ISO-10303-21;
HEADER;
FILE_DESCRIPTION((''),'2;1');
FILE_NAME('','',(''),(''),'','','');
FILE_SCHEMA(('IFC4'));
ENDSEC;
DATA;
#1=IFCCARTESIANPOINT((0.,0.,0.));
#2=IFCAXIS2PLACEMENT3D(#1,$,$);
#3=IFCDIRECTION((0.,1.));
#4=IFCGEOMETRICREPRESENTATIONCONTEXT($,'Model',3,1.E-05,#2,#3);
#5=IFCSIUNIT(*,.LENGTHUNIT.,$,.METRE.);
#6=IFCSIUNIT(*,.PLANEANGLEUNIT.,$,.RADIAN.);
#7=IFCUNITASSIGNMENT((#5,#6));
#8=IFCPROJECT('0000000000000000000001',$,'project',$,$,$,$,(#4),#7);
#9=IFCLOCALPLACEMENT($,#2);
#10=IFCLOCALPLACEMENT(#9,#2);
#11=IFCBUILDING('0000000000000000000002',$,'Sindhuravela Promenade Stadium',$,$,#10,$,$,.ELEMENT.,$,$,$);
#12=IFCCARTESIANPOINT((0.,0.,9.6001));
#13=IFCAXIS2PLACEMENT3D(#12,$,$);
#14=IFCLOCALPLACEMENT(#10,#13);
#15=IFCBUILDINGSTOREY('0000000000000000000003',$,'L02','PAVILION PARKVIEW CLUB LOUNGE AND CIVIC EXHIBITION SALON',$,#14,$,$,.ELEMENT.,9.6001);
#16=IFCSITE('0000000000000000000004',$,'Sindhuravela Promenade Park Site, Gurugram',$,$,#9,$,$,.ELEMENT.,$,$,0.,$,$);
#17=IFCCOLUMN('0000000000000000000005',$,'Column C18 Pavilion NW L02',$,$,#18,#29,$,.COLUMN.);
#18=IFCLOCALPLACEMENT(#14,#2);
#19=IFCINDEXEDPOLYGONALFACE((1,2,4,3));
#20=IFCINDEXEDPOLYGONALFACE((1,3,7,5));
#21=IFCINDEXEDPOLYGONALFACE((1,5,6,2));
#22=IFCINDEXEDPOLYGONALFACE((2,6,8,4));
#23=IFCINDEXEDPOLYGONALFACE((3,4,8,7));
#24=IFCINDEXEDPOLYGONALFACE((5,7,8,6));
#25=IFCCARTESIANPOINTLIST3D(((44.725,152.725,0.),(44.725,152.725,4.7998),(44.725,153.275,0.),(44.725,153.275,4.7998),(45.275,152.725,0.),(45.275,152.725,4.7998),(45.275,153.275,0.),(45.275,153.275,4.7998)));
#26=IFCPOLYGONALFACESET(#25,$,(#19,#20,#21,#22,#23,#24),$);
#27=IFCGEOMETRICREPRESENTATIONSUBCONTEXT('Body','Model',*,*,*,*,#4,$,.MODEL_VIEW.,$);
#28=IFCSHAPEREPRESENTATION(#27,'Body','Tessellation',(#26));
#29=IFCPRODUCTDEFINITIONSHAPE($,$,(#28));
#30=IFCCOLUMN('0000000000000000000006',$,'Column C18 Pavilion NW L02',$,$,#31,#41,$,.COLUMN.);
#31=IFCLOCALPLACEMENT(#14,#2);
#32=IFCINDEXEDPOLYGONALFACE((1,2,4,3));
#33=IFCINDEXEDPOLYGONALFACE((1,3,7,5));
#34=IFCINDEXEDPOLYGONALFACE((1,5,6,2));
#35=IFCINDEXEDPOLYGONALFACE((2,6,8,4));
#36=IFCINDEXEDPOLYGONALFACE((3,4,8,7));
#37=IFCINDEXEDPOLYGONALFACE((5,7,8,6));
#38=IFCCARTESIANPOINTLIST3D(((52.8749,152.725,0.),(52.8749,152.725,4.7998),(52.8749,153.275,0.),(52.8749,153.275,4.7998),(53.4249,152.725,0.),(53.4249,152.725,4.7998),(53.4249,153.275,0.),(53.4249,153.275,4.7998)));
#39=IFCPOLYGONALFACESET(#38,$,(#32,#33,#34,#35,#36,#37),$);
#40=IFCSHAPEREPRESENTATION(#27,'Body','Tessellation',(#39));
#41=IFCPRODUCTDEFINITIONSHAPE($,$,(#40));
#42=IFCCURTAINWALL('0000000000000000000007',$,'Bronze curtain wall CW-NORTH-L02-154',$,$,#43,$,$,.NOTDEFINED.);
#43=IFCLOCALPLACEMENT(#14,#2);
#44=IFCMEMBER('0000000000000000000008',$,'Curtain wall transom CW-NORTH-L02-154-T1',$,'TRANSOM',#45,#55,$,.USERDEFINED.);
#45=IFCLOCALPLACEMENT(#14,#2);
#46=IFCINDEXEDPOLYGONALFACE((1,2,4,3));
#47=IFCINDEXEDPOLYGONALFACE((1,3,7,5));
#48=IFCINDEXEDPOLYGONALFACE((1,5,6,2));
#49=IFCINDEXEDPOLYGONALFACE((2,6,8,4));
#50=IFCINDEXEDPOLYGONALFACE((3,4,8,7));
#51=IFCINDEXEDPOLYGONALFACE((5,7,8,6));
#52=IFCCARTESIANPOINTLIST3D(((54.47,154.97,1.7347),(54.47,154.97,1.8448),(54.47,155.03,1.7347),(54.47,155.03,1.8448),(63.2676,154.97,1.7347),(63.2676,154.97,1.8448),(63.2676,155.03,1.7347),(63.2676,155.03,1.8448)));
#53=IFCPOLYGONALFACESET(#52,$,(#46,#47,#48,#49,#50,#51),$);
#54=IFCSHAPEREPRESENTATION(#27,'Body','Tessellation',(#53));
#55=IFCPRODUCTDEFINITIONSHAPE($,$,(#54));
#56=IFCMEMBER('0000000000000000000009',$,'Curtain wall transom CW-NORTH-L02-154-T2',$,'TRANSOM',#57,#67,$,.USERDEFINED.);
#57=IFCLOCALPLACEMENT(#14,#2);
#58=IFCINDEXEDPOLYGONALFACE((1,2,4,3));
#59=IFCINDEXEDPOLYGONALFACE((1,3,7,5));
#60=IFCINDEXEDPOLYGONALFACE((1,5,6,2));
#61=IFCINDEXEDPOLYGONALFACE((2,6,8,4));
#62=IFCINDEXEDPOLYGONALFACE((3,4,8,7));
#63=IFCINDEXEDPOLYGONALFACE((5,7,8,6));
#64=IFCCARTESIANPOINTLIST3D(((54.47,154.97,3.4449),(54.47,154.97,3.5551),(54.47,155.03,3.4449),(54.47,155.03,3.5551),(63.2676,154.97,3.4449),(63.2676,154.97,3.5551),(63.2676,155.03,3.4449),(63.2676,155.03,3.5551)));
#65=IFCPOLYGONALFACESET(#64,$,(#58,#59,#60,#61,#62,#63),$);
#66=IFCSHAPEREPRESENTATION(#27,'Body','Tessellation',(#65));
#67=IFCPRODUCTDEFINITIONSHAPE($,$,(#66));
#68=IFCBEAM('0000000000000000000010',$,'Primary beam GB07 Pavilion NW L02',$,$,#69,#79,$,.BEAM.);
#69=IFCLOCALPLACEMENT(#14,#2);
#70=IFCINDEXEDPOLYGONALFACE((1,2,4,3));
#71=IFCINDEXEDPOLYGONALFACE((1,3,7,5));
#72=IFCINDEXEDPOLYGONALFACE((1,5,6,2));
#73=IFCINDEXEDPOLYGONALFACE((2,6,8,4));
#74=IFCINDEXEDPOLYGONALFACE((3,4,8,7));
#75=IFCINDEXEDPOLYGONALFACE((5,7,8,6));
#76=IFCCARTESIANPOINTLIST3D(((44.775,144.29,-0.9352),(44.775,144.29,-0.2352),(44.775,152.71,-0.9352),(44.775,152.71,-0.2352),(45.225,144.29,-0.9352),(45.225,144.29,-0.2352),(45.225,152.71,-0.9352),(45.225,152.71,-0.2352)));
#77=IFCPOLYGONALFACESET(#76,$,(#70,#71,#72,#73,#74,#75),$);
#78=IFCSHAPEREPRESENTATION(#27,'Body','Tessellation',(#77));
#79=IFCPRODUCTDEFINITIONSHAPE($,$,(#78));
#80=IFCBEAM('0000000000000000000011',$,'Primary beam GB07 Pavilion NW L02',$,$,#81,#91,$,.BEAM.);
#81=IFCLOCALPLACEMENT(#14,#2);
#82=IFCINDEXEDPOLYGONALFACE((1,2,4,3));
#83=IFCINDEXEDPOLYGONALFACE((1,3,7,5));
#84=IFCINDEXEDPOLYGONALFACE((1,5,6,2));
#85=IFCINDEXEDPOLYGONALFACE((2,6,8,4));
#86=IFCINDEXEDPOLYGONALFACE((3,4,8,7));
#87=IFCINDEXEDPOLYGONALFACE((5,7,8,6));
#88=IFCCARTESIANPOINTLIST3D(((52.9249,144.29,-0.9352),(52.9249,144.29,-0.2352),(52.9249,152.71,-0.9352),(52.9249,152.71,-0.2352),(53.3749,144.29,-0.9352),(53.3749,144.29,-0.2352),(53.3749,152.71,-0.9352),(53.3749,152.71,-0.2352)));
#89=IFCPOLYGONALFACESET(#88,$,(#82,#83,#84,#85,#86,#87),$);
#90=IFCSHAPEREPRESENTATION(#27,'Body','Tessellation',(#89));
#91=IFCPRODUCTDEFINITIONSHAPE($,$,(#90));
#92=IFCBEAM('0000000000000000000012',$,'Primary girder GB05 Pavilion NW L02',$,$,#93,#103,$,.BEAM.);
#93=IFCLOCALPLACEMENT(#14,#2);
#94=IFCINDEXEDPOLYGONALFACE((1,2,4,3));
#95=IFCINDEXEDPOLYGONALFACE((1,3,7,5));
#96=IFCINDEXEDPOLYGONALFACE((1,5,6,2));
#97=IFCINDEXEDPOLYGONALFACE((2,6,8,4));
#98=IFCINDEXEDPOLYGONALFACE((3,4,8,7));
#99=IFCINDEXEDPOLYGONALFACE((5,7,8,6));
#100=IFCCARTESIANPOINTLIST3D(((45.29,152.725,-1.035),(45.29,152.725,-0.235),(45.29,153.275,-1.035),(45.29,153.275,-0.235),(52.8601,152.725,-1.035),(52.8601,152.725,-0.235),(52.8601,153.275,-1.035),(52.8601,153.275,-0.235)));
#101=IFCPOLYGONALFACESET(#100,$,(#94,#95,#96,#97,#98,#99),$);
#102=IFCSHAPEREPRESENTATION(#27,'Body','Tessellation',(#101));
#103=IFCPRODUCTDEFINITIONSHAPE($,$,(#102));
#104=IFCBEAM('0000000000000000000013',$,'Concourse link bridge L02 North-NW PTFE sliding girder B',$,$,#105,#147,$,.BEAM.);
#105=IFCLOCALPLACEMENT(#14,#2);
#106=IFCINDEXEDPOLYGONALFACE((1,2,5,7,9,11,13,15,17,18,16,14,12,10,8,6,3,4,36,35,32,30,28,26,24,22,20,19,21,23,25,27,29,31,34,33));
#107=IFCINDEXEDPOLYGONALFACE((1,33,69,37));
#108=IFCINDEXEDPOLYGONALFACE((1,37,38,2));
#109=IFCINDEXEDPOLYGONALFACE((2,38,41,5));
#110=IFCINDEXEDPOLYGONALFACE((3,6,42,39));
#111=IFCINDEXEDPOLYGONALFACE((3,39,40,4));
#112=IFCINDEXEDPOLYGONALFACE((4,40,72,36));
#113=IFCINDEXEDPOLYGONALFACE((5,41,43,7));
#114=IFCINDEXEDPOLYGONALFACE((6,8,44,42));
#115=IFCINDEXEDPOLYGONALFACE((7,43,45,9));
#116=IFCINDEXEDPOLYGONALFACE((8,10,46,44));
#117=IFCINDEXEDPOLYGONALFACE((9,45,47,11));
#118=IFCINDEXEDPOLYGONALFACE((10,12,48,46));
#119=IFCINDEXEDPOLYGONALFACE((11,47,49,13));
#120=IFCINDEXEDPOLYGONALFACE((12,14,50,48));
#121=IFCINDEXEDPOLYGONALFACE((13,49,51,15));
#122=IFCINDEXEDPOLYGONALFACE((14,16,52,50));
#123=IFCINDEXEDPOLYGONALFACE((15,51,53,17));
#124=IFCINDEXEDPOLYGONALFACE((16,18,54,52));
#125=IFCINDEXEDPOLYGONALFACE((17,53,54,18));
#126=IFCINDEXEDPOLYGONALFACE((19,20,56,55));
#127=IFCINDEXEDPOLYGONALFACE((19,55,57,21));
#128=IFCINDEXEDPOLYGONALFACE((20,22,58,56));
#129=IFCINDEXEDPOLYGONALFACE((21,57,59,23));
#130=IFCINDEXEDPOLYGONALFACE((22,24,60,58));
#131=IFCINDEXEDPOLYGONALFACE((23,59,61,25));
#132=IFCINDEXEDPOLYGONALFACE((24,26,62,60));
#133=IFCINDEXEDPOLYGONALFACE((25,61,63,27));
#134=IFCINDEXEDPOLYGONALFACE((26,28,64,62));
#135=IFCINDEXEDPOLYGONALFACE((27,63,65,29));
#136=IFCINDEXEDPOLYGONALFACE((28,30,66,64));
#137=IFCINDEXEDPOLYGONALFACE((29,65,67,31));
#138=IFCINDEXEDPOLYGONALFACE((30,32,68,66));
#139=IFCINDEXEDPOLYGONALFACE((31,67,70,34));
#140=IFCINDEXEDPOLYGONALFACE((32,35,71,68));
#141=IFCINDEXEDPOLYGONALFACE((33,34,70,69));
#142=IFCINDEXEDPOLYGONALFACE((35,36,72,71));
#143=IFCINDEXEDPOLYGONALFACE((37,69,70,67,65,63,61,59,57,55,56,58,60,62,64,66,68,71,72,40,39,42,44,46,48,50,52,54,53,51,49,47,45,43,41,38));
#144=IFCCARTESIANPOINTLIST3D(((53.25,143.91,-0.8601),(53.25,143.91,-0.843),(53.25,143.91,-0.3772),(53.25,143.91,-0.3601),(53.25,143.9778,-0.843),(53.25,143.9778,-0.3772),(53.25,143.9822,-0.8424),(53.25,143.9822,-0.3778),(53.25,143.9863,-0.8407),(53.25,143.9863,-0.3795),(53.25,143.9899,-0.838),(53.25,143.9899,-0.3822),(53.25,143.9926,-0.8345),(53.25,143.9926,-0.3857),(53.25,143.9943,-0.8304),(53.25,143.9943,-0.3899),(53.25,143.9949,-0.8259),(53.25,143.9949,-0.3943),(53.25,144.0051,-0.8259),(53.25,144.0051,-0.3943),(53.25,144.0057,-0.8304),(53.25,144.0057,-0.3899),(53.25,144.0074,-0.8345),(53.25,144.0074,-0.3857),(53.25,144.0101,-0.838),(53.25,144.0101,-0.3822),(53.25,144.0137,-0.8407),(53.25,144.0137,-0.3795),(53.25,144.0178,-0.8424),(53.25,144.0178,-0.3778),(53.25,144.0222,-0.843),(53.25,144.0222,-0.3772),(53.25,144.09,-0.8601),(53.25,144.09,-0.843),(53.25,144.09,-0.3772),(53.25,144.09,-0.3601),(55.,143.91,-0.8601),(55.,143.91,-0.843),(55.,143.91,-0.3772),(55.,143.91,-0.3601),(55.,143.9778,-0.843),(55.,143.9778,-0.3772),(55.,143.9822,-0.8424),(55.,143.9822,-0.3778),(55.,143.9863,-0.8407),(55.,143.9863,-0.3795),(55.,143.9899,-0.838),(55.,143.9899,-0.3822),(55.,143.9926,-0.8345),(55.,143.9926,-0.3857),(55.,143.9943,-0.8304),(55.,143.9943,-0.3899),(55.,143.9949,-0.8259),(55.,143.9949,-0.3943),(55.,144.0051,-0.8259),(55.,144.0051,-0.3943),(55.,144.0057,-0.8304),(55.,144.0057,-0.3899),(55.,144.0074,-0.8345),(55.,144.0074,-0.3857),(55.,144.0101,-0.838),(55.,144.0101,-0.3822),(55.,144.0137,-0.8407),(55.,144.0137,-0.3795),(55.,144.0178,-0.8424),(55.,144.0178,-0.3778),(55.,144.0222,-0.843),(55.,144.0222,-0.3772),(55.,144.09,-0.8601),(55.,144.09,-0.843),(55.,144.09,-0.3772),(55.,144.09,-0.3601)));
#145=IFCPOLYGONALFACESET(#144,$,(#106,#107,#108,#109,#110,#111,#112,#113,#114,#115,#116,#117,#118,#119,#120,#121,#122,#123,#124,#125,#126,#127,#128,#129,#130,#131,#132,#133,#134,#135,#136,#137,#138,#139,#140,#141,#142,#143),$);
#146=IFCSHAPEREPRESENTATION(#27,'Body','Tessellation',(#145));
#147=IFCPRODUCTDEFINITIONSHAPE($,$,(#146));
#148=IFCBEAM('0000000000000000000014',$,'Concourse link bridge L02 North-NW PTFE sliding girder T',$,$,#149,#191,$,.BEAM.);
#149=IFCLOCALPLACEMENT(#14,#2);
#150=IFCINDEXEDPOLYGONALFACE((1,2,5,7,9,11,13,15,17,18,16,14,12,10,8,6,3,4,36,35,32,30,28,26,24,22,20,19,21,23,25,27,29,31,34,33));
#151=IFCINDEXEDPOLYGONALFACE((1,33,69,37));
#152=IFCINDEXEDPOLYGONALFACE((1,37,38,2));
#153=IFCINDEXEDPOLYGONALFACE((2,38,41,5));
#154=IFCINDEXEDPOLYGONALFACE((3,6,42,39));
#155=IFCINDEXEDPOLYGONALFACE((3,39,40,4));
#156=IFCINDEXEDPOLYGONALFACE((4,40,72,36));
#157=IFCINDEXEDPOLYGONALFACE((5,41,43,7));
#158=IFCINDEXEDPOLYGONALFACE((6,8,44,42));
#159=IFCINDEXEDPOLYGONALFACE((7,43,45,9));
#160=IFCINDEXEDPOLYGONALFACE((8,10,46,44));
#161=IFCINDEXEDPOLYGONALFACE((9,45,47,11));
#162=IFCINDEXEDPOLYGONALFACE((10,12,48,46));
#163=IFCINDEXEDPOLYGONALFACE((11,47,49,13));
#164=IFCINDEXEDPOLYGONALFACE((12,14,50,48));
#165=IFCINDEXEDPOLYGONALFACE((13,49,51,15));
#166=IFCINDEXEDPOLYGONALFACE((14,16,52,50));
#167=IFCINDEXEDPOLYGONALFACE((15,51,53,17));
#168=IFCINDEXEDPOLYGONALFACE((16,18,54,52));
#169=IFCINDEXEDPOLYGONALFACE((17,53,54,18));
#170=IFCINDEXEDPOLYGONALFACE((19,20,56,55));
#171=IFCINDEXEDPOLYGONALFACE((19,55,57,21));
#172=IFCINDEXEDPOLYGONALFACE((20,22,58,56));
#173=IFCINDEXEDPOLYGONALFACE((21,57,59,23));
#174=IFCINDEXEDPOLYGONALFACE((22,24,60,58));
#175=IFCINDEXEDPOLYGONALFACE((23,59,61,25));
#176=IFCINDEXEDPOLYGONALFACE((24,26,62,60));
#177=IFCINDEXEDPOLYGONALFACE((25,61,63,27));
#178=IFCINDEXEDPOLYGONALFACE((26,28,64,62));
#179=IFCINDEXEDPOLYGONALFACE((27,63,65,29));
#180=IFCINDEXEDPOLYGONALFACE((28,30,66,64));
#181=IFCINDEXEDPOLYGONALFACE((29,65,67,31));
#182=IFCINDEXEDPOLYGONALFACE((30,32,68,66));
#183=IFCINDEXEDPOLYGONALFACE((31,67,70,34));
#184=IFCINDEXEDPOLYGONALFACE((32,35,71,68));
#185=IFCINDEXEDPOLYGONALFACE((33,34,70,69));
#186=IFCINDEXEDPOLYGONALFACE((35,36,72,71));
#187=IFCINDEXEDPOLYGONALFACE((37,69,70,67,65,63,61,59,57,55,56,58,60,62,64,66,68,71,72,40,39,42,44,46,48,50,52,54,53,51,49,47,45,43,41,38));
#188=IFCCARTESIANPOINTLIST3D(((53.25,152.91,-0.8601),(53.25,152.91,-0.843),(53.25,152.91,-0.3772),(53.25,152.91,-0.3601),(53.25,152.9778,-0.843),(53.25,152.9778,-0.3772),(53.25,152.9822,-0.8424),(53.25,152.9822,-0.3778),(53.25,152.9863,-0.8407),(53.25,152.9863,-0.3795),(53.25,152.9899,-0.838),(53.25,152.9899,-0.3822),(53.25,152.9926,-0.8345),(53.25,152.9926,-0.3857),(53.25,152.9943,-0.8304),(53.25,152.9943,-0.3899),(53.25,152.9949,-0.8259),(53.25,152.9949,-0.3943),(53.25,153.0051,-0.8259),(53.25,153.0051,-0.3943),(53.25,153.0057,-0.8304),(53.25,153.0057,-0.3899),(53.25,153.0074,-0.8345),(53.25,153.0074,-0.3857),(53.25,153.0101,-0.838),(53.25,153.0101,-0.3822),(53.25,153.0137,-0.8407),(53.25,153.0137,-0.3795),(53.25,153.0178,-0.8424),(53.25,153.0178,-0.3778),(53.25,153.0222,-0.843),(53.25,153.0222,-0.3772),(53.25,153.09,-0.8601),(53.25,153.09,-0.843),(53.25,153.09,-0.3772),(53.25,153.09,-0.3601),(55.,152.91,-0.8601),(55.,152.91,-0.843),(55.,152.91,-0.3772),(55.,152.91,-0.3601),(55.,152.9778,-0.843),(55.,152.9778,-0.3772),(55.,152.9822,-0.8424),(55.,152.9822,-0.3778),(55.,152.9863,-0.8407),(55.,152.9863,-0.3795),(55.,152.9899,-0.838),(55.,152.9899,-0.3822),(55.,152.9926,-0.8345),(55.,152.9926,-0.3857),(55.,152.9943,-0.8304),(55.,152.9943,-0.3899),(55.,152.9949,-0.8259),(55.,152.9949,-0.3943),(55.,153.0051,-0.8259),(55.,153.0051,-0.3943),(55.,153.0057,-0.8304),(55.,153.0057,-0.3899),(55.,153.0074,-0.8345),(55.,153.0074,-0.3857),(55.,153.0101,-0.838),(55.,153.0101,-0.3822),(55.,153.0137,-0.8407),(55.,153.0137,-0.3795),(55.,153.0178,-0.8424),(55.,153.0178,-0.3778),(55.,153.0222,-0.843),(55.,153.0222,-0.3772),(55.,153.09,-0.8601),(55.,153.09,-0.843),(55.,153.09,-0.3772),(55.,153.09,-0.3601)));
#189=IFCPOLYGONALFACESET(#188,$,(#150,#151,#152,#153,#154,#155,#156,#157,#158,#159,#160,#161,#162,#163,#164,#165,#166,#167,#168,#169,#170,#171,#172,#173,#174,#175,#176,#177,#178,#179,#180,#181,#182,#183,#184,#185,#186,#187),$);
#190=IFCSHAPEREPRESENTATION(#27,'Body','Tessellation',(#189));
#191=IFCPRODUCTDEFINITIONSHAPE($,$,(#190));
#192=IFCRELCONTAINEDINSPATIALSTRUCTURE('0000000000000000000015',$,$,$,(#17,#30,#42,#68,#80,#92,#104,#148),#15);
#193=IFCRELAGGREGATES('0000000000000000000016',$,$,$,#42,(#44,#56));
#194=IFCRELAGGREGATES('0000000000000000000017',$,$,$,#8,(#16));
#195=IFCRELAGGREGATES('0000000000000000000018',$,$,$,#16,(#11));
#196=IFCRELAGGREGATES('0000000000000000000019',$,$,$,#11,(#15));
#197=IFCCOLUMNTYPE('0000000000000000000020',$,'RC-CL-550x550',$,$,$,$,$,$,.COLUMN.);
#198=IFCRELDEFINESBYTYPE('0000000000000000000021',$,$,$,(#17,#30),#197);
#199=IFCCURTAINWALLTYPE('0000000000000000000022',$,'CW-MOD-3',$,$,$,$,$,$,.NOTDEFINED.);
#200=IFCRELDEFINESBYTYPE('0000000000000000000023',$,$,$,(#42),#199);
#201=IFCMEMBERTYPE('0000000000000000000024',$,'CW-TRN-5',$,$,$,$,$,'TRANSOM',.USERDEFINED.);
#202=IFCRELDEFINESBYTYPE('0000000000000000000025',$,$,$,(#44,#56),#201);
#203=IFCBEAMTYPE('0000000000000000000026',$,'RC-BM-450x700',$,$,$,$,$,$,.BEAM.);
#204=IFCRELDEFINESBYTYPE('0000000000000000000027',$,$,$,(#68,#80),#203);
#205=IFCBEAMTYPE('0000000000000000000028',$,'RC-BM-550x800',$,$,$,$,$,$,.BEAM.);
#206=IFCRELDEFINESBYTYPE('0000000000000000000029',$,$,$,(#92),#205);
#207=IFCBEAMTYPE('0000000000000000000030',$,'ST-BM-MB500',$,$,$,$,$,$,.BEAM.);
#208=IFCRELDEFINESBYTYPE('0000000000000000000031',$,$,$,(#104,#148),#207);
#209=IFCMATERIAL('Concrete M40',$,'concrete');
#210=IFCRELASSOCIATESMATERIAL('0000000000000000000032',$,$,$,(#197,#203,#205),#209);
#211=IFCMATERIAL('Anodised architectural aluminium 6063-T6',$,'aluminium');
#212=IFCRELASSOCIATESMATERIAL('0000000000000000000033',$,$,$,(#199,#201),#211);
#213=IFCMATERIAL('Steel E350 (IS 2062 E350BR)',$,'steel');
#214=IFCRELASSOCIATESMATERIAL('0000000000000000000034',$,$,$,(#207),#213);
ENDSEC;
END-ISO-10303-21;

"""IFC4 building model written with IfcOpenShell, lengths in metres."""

from ifc_helpers import new_model, si_unit, direction, frame, origin, origin_2d, place, context, subcontext, project, spatial, rectangle, i_section, extrude, material, material_profile, profile_set, type_object, element, aggregate, save


model = new_model("IFC4")

# Units and contexts
model_context = context("Model", 3, precision=1e-05, world=origin(), true_north=direction((0.0, 1.0)))
body_context = subcontext(model_context, "Body", "Model", "MODEL_VIEW")
ifc_project = project(units=[si_unit("LENGTHUNIT", "METRE"), si_unit("PLANEANGLEUNIT", "RADIAN")], contexts=[model_context])

# Site, building, storey
site_placement = place(None, origin())
site = spatial("IfcSite", under=ifc_project, at=site_placement, Name="Sindhuravela Promenade Park Site, Gurugram", CompositionType="ELEMENT", RefElevation=0.0)
building_placement = place(site_placement, origin())
building = spatial("IfcBuilding", under=site, at=building_placement, Name="Sindhuravela Promenade Stadium", CompositionType="ELEMENT")
storey_placement = place(building_placement, frame((0.0, 0.0, 9.6001)))
storey = spatial("IfcBuildingStorey", under=building, at=storey_placement, Name="L02", Description="PAVILION PARKVIEW CLUB LOUNGE AND CIVIC EXHIBITION SALON", CompositionType="ELEMENT", Elevation=9.6001)

# Columns
ifc_material_1 = material(Name="Concrete M40", Category="concrete")
ifc_material_profile_1 = material_profile(ifc_material_1, rectangle(XDim=0.55, YDim=0.55, at=origin_2d()), Name="RC 550x550")
ifc_profile_set_1 = profile_set([ifc_material_profile_1], Name="Concrete M40")
column_type = type_object("IfcColumnType", Name="RC-CL-550x550", PredefinedType="COLUMN", material=ifc_profile_set_1)
for number, where, z_axis, x_axis, name in (
    (1, (45.0, 153.0, 0.0), (0.0, 0.0, 1.0), (1.0, 0.0, 0.0), "Column C18 Pavilion NW L02"),
    (2, (53.1499, 153.0, 0.0), (0.0, 0.0, 1.0), (1.0, 0.0, 0.0), "Column C18 Pavilion NW L02"),
):
    element("IfcColumn", number, at=place(storey_placement, frame(where, z_axis=z_axis, x_axis=x_axis)), inside=storey, type_object=column_type, Name=name, PredefinedType="COLUMN", context=body_context, shape_type="SweptSolid", body=[
        extrude(rectangle(XDim=0.55, YDim=0.55, at=origin_2d()), origin(), (0.0, 0.0, 1.0), 4.7998),
    ])

# Curtain wall, members
ifc_material_2 = material(Name="Anodised architectural aluminium 6063-T6", Category="aluminium")
curtain_wall_type = type_object("IfcCurtainWallType", Name="CW-MOD-3", PredefinedType="NOTDEFINED", material=ifc_material_2)
curtain_wall_placement = place(storey_placement, origin())
curtain_wall = element("IfcCurtainWall", 3, at=curtain_wall_placement, inside=storey, type_object=curtain_wall_type, Name="Bronze curtain wall CW-NORTH-L02-154", PredefinedType="NOTDEFINED")
ifc_material_profile_2 = material_profile(ifc_material_2, rectangle(XDim=0.0601, YDim=0.1101, at=origin_2d()), Name="ALU T60x110")
ifc_profile_set_2 = profile_set([ifc_material_profile_2], Name="Anodised architectural aluminium 6063-T6")
member_type = type_object("IfcMemberType", Name="CW-TRN-5", ElementType="TRANSOM", PredefinedType="USERDEFINED", material=ifc_profile_set_2)
member_1_placement = place(storey_placement, frame((54.47, 155.0, 1.7898), z_axis=(1.0, 0.0, 0.0), x_axis=(0.0, 1.0, 0.0)))
member_1 = element("IfcMember", 4, at=member_1_placement, type_object=member_type, Name="Curtain wall transom CW-NORTH-L02-154-T1", ObjectType="TRANSOM", PredefinedType="USERDEFINED", context=body_context, shape_type="SweptSolid", body=[
    extrude(rectangle(XDim=0.0601, YDim=0.1101, at=origin_2d()), origin(), (0.0, 0.0, 1.0), 8.7976),
])
member_2_placement = place(storey_placement, frame((54.47, 155.0, 3.5), z_axis=(1.0, 0.0, 0.0), x_axis=(0.0, 1.0, 0.0)))
member_2 = element("IfcMember", 5, at=member_2_placement, type_object=member_type, Name="Curtain wall transom CW-NORTH-L02-154-T2", ObjectType="TRANSOM", PredefinedType="USERDEFINED", context=body_context, shape_type="SweptSolid", body=[
    extrude(rectangle(XDim=0.0601, YDim=0.1101, at=origin_2d()), origin(), (0.0, 0.0, 1.0), 8.7976),
])
aggregate(curtain_wall, [member_1, member_2])

# Beams
ifc_material_profile_3 = material_profile(ifc_material_1, rectangle(XDim=0.45, YDim=0.7, at=origin_2d()), Name="RC 450x700")
ifc_profile_set_3 = profile_set([ifc_material_profile_3], Name="Concrete M40")
beam_type_1 = type_object("IfcBeamType", Name="RC-BM-450x700", PredefinedType="BEAM", material=ifc_profile_set_3)
for number, where, z_axis, x_axis, name in (
    (6, (45.0, 144.29, -0.5852), (0.0, 1.0, 0.0), (-1.0, 0.0, 0.0), "Primary beam GB07 Pavilion NW L02"),
    (7, (53.1499, 144.29, -0.5852), (0.0, 1.0, 0.0), (-1.0, 0.0, 0.0), "Primary beam GB07 Pavilion NW L02"),
):
    element("IfcBeam", number, at=place(storey_placement, frame(where, z_axis=z_axis, x_axis=x_axis)), inside=storey, type_object=beam_type_1, Name=name, PredefinedType="BEAM", context=body_context, shape_type="SweptSolid", body=[
        extrude(rectangle(XDim=0.45, YDim=0.7, at=origin_2d()), origin(), (0.0, 0.0, 1.0), 8.4199),
    ])
ifc_material_profile_4 = material_profile(ifc_material_1, rectangle(XDim=0.55, YDim=0.8, at=origin_2d()), Name="RC 550x800")
ifc_profile_set_4 = profile_set([ifc_material_profile_4], Name="Concrete M40")
beam_type_2 = type_object("IfcBeamType", Name="RC-BM-550x800", PredefinedType="BEAM", material=ifc_profile_set_4)
beam_1_placement = place(storey_placement, frame((45.29, 153.0, -0.635), z_axis=(1.0, 0.0, 0.0), x_axis=(0.0, 1.0, 0.0)))
element("IfcBeam", 8, at=beam_1_placement, inside=storey, type_object=beam_type_2, Name="Primary girder GB05 Pavilion NW L02", PredefinedType="BEAM", context=body_context, shape_type="SweptSolid", body=[
    extrude(rectangle(XDim=0.55, YDim=0.8, at=origin_2d()), origin(), (0.0, 0.0, 1.0), 7.5701),
])
ifc_material_3 = material(Name="Steel E350 (IS 2062 E350BR)", Category="steel")
ifc_material_profile_5 = material_profile(ifc_material_3, i_section(OverallWidth=0.1799, OverallDepth=0.5, WebThickness=0.0103, FlangeThickness=0.0171, FilletRadius=0.0171, at=origin_2d()), Name="ISMB 500")
ifc_profile_set_5 = profile_set([ifc_material_profile_5], Name="Steel E350 (IS 2062 E350BR)")
beam_type_3 = type_object("IfcBeamType", Name="ST-BM-MB500", PredefinedType="BEAM", material=ifc_profile_set_5)
for number, where, z_axis, x_axis, name in (
    (9, (53.25, 144.0, -0.6101), (1.0, 0.0, 0.0), (0.0, 1.0, 0.0), "Concourse link bridge L02 North-NW PTFE sliding girder B"),
    (10, (53.25, 153.0, -0.6101), (1.0, 0.0, 0.0), (0.0, 1.0, 0.0), "Concourse link bridge L02 North-NW PTFE sliding girder T"),
):
    element("IfcBeam", number, at=place(storey_placement, frame(where, z_axis=z_axis, x_axis=x_axis)), inside=storey, type_object=beam_type_3, Name=name, PredefinedType="BEAM", context=body_context, shape_type="SweptSolid", body=[
        extrude(i_section(OverallWidth=0.1799, OverallDepth=0.5, WebThickness=0.0103, FlangeThickness=0.0171, FilletRadius=0.0171, at=origin_2d()), origin(), (0.0, 0.0, 1.0), 1.75),
    ])

save(model, "model.ifc")
